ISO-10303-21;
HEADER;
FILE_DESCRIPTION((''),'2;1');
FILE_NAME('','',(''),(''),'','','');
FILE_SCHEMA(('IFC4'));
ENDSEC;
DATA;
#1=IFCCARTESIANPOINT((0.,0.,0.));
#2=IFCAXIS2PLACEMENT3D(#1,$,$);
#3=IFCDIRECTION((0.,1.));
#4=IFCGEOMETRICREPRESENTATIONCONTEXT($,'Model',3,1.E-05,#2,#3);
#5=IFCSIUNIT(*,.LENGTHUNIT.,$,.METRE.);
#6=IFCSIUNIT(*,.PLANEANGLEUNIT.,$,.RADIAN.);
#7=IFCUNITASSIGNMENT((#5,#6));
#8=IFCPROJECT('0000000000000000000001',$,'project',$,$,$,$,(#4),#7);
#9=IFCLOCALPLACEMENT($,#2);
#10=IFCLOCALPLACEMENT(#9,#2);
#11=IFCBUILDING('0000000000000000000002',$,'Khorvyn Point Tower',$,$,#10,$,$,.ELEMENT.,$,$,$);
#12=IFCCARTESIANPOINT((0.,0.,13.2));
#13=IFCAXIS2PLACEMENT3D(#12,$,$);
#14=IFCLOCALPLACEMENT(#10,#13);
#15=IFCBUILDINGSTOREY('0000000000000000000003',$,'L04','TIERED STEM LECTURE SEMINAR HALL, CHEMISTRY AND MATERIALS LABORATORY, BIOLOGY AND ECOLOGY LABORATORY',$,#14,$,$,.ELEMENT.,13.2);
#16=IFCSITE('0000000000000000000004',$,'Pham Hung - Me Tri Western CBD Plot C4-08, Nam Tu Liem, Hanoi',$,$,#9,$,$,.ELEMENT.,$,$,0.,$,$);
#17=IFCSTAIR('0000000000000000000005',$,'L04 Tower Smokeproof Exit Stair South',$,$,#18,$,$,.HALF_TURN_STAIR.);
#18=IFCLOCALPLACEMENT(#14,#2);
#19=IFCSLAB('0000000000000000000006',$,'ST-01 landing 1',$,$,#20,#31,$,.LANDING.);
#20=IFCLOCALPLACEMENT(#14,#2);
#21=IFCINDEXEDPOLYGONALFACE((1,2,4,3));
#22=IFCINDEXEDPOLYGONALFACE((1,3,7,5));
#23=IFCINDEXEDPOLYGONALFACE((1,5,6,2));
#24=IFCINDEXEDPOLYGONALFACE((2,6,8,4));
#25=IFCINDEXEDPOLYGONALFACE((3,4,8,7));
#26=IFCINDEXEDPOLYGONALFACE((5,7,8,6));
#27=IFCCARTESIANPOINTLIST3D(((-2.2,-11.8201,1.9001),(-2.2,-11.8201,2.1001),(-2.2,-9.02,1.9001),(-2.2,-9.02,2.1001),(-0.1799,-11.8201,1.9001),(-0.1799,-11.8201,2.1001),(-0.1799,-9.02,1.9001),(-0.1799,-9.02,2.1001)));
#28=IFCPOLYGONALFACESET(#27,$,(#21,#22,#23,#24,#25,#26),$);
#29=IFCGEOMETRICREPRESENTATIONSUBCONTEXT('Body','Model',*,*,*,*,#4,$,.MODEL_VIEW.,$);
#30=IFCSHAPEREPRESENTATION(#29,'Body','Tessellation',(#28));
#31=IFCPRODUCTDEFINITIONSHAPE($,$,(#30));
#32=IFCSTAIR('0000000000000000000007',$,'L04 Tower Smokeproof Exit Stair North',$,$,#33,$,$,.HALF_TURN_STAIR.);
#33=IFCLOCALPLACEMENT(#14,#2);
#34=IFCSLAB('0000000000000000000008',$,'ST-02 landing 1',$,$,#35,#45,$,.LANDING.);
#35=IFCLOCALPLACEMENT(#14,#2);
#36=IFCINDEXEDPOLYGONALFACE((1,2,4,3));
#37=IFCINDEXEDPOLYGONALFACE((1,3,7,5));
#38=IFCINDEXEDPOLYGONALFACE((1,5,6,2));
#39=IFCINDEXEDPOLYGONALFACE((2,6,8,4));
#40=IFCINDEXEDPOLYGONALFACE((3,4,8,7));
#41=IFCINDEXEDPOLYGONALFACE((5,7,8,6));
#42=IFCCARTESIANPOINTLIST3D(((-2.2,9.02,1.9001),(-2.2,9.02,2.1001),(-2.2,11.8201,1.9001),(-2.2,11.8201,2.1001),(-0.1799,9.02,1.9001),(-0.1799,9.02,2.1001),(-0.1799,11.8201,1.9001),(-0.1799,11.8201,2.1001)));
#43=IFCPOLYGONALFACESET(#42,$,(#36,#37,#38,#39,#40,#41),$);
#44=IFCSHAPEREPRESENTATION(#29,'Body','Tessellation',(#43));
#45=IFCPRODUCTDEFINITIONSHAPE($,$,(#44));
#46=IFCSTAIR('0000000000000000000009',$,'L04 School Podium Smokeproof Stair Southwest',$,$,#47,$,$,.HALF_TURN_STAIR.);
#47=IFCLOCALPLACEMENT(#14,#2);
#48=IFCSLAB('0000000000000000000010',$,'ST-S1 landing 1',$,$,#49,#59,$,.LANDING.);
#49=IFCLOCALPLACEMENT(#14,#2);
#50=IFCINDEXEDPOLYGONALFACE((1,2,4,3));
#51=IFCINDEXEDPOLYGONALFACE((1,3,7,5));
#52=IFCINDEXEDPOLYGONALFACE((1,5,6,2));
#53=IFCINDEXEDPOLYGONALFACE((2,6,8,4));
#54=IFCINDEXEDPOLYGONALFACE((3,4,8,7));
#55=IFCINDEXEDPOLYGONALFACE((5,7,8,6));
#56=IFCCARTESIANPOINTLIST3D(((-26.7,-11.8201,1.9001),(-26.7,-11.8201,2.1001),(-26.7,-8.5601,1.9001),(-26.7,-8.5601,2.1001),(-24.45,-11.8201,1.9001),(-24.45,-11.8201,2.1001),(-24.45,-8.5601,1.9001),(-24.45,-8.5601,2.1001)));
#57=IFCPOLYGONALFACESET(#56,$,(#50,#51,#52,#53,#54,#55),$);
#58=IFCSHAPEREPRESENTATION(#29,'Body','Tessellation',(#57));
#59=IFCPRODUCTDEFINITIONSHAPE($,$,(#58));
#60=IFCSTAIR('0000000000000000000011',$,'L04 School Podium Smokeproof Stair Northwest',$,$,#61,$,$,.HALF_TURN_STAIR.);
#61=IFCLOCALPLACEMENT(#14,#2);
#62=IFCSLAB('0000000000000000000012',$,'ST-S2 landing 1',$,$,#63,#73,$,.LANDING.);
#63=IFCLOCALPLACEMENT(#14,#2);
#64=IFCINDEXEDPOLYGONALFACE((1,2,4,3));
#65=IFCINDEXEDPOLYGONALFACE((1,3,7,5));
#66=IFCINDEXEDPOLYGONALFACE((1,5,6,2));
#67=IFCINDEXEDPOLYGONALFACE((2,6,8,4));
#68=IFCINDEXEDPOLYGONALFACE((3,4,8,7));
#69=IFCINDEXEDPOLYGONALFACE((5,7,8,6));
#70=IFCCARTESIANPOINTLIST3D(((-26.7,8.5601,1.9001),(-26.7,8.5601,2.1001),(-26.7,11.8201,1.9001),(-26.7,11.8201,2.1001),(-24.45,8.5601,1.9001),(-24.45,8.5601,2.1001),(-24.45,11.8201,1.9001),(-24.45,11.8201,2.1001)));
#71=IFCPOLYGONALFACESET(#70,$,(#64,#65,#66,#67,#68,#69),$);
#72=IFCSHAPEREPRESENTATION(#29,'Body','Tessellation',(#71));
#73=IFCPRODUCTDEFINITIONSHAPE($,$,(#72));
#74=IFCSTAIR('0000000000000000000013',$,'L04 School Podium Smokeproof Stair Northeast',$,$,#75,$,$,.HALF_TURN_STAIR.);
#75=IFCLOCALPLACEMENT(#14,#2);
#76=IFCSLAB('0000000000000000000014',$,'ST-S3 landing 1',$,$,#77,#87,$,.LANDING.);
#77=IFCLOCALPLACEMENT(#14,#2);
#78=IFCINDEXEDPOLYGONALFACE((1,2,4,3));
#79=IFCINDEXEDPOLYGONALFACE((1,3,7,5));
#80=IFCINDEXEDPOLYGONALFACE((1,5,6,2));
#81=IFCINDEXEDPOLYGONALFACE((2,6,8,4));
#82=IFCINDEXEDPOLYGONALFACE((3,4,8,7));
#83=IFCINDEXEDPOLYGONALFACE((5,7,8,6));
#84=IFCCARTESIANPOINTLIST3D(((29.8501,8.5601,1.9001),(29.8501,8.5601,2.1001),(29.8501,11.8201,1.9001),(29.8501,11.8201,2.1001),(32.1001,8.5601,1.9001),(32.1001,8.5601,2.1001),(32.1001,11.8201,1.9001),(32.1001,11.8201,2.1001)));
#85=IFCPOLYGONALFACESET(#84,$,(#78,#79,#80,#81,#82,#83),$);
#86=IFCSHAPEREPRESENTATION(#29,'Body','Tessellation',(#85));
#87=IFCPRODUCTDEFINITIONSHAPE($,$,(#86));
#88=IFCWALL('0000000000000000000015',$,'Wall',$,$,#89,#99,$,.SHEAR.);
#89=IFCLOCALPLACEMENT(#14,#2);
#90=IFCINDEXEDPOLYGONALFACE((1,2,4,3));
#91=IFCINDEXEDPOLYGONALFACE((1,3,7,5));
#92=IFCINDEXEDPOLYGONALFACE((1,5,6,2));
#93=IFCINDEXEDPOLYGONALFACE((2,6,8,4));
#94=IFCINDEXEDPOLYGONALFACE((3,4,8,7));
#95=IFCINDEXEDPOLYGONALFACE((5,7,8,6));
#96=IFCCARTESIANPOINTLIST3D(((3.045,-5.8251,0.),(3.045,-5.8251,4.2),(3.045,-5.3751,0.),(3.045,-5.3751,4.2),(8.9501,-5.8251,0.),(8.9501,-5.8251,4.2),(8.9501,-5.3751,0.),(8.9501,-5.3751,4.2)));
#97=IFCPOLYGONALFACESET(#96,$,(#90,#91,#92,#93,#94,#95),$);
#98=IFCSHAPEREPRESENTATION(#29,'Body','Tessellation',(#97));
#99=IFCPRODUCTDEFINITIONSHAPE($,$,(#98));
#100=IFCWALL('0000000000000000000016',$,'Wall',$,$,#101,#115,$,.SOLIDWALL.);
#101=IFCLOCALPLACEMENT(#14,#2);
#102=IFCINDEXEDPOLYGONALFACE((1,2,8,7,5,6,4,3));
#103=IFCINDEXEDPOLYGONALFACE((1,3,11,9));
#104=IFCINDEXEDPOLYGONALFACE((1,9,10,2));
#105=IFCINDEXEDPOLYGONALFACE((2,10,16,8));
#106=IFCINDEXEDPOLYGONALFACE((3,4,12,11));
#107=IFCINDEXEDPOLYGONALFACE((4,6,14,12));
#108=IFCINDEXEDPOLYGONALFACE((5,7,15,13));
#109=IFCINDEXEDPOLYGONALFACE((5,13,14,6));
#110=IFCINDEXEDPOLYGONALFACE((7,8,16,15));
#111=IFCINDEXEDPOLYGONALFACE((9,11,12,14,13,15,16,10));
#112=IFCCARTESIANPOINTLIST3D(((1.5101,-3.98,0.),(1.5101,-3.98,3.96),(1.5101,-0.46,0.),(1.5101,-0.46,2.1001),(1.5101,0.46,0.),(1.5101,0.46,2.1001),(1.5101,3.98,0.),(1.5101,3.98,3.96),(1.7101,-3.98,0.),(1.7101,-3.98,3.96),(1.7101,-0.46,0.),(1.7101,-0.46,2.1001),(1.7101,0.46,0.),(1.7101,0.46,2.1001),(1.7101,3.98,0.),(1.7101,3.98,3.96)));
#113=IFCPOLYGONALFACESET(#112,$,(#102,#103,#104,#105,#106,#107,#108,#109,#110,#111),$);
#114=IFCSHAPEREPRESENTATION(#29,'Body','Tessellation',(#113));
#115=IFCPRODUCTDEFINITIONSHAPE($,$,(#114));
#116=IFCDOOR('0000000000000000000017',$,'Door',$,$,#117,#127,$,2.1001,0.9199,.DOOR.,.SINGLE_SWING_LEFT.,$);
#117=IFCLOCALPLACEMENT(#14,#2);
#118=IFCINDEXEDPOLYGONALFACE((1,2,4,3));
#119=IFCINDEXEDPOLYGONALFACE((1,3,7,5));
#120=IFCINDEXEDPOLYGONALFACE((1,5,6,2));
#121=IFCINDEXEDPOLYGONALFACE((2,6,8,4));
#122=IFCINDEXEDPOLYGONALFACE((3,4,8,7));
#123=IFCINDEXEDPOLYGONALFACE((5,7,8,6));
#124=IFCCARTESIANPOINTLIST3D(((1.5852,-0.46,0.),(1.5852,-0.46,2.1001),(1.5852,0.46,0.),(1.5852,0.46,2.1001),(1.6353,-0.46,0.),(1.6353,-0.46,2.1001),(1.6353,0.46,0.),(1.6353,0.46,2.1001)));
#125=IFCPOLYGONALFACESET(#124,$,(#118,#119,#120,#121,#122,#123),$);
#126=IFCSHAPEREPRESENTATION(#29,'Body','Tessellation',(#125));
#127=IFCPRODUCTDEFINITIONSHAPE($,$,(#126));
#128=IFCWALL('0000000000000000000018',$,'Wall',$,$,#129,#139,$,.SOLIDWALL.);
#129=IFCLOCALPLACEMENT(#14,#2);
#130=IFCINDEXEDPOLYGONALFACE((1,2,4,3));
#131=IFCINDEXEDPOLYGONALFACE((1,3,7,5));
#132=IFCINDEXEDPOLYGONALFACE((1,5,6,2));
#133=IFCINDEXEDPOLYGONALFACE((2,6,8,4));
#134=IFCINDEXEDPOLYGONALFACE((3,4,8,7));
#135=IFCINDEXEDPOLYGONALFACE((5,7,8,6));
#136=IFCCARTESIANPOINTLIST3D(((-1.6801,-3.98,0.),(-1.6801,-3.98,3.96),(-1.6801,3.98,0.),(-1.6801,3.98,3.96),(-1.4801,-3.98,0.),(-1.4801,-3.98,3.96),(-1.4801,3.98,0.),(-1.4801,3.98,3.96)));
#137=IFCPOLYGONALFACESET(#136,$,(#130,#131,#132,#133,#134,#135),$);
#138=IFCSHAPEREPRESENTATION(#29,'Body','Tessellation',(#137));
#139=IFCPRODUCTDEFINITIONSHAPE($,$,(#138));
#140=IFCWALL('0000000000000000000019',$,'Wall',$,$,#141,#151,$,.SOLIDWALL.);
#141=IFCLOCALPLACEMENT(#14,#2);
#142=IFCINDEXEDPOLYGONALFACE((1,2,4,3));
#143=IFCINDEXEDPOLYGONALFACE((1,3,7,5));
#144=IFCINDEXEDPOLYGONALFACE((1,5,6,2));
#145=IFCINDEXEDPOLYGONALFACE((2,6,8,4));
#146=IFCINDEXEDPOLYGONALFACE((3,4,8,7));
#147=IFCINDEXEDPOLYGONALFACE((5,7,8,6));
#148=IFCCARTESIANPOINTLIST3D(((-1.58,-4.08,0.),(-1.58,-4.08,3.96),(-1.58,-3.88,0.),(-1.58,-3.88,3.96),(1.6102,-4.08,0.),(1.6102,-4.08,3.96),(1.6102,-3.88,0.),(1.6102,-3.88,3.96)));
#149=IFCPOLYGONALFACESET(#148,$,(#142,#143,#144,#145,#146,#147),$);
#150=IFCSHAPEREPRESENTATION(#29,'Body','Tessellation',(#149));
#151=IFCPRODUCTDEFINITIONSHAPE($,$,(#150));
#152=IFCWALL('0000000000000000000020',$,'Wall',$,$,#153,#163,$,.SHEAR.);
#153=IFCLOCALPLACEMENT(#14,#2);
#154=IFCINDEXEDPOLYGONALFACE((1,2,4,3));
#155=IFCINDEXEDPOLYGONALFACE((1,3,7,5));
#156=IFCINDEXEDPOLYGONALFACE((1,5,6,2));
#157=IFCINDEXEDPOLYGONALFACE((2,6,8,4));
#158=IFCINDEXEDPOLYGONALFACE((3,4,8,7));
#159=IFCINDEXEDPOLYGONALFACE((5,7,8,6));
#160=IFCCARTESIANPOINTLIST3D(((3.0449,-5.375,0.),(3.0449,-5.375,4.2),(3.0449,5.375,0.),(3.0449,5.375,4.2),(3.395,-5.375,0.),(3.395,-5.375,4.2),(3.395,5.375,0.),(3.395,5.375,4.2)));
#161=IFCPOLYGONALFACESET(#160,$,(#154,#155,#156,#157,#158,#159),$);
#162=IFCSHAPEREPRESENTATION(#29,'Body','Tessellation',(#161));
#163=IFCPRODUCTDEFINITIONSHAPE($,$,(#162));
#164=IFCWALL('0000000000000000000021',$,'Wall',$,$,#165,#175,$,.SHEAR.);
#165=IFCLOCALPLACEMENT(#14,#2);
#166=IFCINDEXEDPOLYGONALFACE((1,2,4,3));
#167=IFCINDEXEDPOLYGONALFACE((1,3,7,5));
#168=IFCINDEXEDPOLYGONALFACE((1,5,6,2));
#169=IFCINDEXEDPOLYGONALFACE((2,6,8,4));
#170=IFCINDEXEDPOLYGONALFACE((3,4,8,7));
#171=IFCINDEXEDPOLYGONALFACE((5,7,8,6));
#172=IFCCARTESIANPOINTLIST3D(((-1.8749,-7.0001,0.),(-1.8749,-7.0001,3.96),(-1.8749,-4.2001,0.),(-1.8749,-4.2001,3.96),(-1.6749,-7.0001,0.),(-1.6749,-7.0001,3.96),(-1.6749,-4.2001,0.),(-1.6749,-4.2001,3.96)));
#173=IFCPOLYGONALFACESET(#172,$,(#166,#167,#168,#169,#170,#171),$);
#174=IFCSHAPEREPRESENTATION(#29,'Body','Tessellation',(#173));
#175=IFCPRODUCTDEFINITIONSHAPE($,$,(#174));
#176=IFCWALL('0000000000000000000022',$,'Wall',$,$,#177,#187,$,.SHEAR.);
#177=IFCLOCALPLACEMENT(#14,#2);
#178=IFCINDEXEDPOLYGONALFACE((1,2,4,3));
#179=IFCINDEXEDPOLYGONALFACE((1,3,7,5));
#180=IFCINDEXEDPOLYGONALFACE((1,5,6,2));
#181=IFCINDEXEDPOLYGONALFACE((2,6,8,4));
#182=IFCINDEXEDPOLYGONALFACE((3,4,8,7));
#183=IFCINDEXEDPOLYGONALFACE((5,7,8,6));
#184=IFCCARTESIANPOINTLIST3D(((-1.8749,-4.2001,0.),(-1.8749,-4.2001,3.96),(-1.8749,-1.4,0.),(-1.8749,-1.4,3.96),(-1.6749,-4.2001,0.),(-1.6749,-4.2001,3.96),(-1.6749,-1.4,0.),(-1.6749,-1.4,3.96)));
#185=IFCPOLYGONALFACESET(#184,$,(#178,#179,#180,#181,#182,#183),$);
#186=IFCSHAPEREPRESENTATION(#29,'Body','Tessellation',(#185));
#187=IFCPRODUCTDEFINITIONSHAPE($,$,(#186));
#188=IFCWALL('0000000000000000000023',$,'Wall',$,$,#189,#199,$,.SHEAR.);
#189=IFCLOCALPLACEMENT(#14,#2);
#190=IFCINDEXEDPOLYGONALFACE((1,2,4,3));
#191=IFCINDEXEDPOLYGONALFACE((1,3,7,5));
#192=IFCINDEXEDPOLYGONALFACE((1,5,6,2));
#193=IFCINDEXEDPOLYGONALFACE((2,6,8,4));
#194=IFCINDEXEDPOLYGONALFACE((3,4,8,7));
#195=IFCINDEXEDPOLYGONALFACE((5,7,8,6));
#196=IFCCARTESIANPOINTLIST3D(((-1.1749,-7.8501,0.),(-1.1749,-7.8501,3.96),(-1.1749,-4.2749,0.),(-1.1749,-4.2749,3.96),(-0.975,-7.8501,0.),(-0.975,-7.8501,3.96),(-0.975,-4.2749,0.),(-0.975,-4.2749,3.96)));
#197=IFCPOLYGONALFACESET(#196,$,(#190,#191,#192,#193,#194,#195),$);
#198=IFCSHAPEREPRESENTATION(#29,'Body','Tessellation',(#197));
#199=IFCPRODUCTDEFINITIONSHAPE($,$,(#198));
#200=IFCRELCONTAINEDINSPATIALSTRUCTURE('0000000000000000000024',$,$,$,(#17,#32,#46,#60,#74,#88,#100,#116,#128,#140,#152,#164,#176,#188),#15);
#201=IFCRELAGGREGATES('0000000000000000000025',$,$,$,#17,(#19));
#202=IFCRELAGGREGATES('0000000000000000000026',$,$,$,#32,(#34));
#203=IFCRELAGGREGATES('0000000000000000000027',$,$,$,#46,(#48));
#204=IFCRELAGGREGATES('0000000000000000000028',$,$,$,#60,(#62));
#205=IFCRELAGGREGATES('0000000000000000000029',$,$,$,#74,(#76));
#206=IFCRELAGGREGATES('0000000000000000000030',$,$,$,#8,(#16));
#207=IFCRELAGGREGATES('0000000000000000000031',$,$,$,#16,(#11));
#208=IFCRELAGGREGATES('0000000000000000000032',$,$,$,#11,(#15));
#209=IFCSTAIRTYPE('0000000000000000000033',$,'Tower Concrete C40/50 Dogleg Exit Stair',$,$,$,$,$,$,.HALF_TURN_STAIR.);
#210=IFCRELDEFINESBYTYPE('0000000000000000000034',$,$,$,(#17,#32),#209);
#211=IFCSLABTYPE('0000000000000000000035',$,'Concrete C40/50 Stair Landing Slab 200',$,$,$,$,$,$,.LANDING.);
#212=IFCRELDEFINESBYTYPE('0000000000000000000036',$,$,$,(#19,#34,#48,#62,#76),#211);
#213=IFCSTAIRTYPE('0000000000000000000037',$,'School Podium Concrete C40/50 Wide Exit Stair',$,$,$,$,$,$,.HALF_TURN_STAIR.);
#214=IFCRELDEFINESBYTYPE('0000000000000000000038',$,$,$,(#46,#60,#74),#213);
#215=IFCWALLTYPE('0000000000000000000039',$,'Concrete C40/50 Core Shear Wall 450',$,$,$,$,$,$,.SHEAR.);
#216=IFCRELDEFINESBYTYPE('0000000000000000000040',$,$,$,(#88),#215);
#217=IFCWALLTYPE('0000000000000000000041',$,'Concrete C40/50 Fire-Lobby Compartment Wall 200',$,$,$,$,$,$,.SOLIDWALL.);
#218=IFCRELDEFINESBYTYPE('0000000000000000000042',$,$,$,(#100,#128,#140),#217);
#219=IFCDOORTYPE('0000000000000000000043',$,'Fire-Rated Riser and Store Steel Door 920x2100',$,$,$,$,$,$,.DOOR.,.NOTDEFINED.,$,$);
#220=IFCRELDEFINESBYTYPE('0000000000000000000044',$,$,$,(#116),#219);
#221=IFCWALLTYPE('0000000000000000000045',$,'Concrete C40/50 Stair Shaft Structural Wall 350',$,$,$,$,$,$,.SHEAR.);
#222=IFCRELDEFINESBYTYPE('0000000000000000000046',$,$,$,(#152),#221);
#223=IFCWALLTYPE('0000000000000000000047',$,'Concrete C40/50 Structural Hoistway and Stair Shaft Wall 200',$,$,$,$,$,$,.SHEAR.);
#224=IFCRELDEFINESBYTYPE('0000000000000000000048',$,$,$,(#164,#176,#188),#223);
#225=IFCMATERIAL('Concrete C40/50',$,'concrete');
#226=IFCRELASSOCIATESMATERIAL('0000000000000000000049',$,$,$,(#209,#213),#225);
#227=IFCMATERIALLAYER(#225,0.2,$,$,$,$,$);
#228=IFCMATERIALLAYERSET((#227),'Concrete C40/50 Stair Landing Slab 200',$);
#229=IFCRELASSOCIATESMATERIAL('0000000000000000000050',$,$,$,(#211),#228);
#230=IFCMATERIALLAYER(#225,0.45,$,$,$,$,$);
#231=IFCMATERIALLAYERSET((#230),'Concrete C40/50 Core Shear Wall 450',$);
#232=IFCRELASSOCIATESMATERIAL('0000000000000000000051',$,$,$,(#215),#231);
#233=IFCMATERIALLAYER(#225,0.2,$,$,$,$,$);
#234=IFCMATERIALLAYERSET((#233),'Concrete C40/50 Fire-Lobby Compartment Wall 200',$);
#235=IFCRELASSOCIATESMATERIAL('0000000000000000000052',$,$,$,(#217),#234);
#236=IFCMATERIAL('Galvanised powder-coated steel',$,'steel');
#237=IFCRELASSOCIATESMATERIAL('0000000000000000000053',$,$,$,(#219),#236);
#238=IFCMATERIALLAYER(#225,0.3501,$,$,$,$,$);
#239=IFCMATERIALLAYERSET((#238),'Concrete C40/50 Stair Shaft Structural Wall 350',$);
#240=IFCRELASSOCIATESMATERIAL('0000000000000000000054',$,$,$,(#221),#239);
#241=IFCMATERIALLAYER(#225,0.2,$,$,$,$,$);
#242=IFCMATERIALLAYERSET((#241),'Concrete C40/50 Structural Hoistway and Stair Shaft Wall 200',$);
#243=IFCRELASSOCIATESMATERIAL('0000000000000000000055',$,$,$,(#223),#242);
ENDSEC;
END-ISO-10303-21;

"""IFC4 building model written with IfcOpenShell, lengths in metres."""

from ifc_helpers import new_model, si_unit, direction, frame, frame_2d, origin, place, context, subcontext, project, spatial, polyline, rectangle, outline, extrude, material, layer, layer_set, type_object, element, fill, aggregate, save


model = new_model("IFC4")

# Units and contexts
model_context = context("Model", 3, precision=1e-05, world=origin(), true_north=direction((0.0, 1.0)))
body_context = subcontext(model_context, "Body", "Model", "MODEL_VIEW")
ifc_project = project(units=[si_unit("LENGTHUNIT", "METRE"), si_unit("PLANEANGLEUNIT", "RADIAN")], contexts=[model_context])

# Site, building, storey
site_placement = place(None, origin())
site = spatial("IfcSite", under=ifc_project, at=site_placement, Name="Pham Hung - Me Tri Western CBD Plot C4-08, Nam Tu Liem, Hanoi", CompositionType="ELEMENT", RefElevation=0.0)
building_placement = place(site_placement, origin())
building = spatial("IfcBuilding", under=site, at=building_placement, Name="Khorvyn Point Tower", CompositionType="ELEMENT")
storey_placement = place(building_placement, frame((0.0, 0.0, 13.2)))
storey = spatial("IfcBuildingStorey", under=building, at=storey_placement, Name="L04", Description="TIERED STEM LECTURE SEMINAR HALL, CHEMISTRY AND MATERIALS LABORATORY, BIOLOGY AND ECOLOGY LABORATORY", CompositionType="ELEMENT", Elevation=13.2)

# Shared definitions
ifc_material_1 = material(Name="Concrete C40/50", Category="concrete")

# Stairs, slabs
stair_type_1 = type_object("IfcStairType", Name="Tower Concrete C40/50 Dogleg Exit Stair", PredefinedType="HALF_TURN_STAIR", material=ifc_material_1)
stair_1_placement = place(storey_placement, origin())
stair_1 = element("IfcStair", 1, at=stair_1_placement, inside=storey, type_object=stair_type_1, Name="L04 Tower Smokeproof Exit Stair South", PredefinedType="HALF_TURN_STAIR")
ifc_layer_1 = layer(ifc_material_1, 0.2)
ifc_layer_set_1 = layer_set([ifc_layer_1], Name="Concrete C40/50 Stair Landing Slab 200")
slab_type_1 = type_object("IfcSlabType", Name="Concrete C40/50 Stair Landing Slab 200", PredefinedType="LANDING", material=ifc_layer_set_1)
slab_1_placement = place(storey_placement, frame((0.0, 0.0, 1.9001)))
slab_1 = element("IfcSlab", 2, at=slab_1_placement, type_object=slab_type_1, Name="ST-01 landing 1", PredefinedType="LANDING", context=body_context, shape_type="SweptSolid", body=[
    extrude(outline(polyline([(-0.1799, -9.02), (-2.2, -9.02), (-2.2, -11.8201), (-0.1799, -11.8201), (-0.1799, -9.02)])), origin(), (0.0, 0.0, 1.0), 0.2),
])
aggregate(stair_1, [slab_1])
stair_2_placement = place(storey_placement, origin())
stair_2 = element("IfcStair", 3, at=stair_2_placement, inside=storey, type_object=stair_type_1, Name="L04 Tower Smokeproof Exit Stair North", PredefinedType="HALF_TURN_STAIR")
slab_2_placement = place(storey_placement, frame((0.0, 0.0, 1.9001)))
slab_2 = element("IfcSlab", 4, at=slab_2_placement, type_object=slab_type_1, Name="ST-02 landing 1", PredefinedType="LANDING", context=body_context, shape_type="SweptSolid", body=[
    extrude(outline(polyline([(-0.1799, 11.8201), (-2.2, 11.8201), (-2.2, 9.02), (-0.1799, 9.02), (-0.1799, 11.8201)])), origin(), (0.0, 0.0, 1.0), 0.2),
])
aggregate(stair_2, [slab_2])
stair_type_2 = type_object("IfcStairType", Name="School Podium Concrete C40/50 Wide Exit Stair", PredefinedType="HALF_TURN_STAIR", material=ifc_material_1)
stair_3_placement = place(storey_placement, origin())
stair_3 = element("IfcStair", 5, at=stair_3_placement, inside=storey, type_object=stair_type_2, Name="L04 School Podium Smokeproof Stair Southwest", PredefinedType="HALF_TURN_STAIR")
slab_3_placement = place(storey_placement, frame((0.0, 0.0, 1.9001)))
slab_3 = element("IfcSlab", 6, at=slab_3_placement, type_object=slab_type_1, Name="ST-S1 landing 1", PredefinedType="LANDING", context=body_context, shape_type="SweptSolid", body=[
    extrude(outline(polyline([(-26.7, -11.8201), (-24.45, -11.8201), (-24.45, -8.5601), (-26.7, -8.5601), (-26.7, -11.8201)])), origin(), (0.0, 0.0, 1.0), 0.2),
])
aggregate(stair_3, [slab_3])
stair_4_placement = place(storey_placement, origin())
stair_4 = element("IfcStair", 7, at=stair_4_placement, inside=storey, type_object=stair_type_2, Name="L04 School Podium Smokeproof Stair Northwest", PredefinedType="HALF_TURN_STAIR")
slab_4_placement = place(storey_placement, frame((0.0, 0.0, 1.9001)))
slab_4 = element("IfcSlab", 8, at=slab_4_placement, type_object=slab_type_1, Name="ST-S2 landing 1", PredefinedType="LANDING", context=body_context, shape_type="SweptSolid", body=[
    extrude(outline(polyline([(-26.7, 8.5601), (-24.45, 8.5601), (-24.45, 11.8201), (-26.7, 11.8201), (-26.7, 8.5601)])), origin(), (0.0, 0.0, 1.0), 0.2),
])
aggregate(stair_4, [slab_4])
stair_5_placement = place(storey_placement, origin())
stair_5 = element("IfcStair", 9, at=stair_5_placement, inside=storey, type_object=stair_type_2, Name="L04 School Podium Smokeproof Stair Northeast", PredefinedType="HALF_TURN_STAIR")
slab_5_placement = place(storey_placement, frame((0.0, 0.0, 1.9001)))
slab_5 = element("IfcSlab", 10, at=slab_5_placement, type_object=slab_type_1, Name="ST-S3 landing 1", PredefinedType="LANDING", context=body_context, shape_type="SweptSolid", body=[
    extrude(outline(polyline([(29.8501, 8.5601), (32.1001, 8.5601), (32.1001, 11.8201), (29.8501, 11.8201), (29.8501, 8.5601)])), origin(), (0.0, 0.0, 1.0), 0.2),
])
aggregate(stair_5, [slab_5])

# Wall
ifc_layer_2 = layer(ifc_material_1, 0.45)
ifc_layer_set_2 = layer_set([ifc_layer_2], Name="Concrete C40/50 Core Shear Wall 450")
wall_type_1 = type_object("IfcWallType", Name="Concrete C40/50 Core Shear Wall 450", PredefinedType="SHEAR", material=ifc_layer_set_2)
wall_1_placement = place(storey_placement, frame((3.0449, -5.6001, 0.0), z_axis=(0.0, 0.0, 1.0), x_axis=(1.0, 0.0, 0.0)))
element("IfcWall", 11, at=wall_1_placement, inside=storey, type_object=wall_type_1, Name="Wall", PredefinedType="SHEAR", context=body_context, shape_type="SweptSolid", body=[
    extrude(rectangle(XDim=5.905, YDim=0.45, at=frame_2d((2.9526, 0.0))), origin(), (0.0, 0.0, 1.0), 4.2),
])

# Wall, opening, door
ifc_layer_3 = layer(ifc_material_1, 0.2)
ifc_layer_set_3 = layer_set([ifc_layer_3], Name="Concrete C40/50 Fire-Lobby Compartment Wall 200")
wall_type_2 = type_object("IfcWallType", Name="Concrete C40/50 Fire-Lobby Compartment Wall 200", PredefinedType="SOLIDWALL", material=ifc_layer_set_3)
ifc_material_2 = material(Name="Galvanised powder-coated steel", Category="steel")
wall_2_placement = place(storey_placement, frame((1.6101, -3.98, 0.0), z_axis=(0.0, 0.0, 1.0), x_axis=(0.0, 1.0, 0.0)))
wall_2 = element("IfcWall", 12, at=wall_2_placement, inside=storey, type_object=wall_type_2, Name="Wall", PredefinedType="SOLIDWALL", context=body_context, shape_type="SweptSolid", body=[
    extrude(rectangle(XDim=7.96, YDim=0.2, at=frame_2d((3.98, 0.0))), origin(), (0.0, 0.0, 1.0), 3.96),
])
opening_1_placement = place(wall_2_placement, frame((3.52, 0.0, 0.0)))
opening_1 = element("IfcOpeningElement", 13, at=opening_1_placement, cuts=wall_2, PredefinedType="OPENING", context=body_context, shape_type="SweptSolid", body=[
    extrude(rectangle(XDim=0.9199, YDim=2.1001, at=frame_2d((0.46, 1.05))), frame((0.0, 0.1099, 0.0), z_axis=(0.0, -1.0, 0.0), x_axis=(1.0, 0.0, 0.0)), (0.0, 0.0, 1.0), 0.22),
])
door_type_1 = type_object("IfcDoorType", Name="Fire-Rated Riser and Store Steel Door 920x2100", OperationType="NOTDEFINED", PredefinedType="DOOR", material=ifc_material_2)
door_1_placement = place(opening_1_placement, origin())
door_1 = element("IfcDoor", 14, at=door_1_placement, inside=storey, type_object=door_type_1, Name="Door", OperationType="SINGLE_SWING_LEFT", OverallHeight=2.1001, OverallWidth=0.9199, PredefinedType="DOOR", context=body_context, shape_type="SweptSolid", body=[
    extrude(rectangle(XDim=0.9199, YDim=2.1001, at=frame_2d((0.46, 1.05))), frame((0.0, 0.0249, 0.0), z_axis=(0.0, -1.0, 0.0), x_axis=(1.0, 0.0, 0.0)), (0.0, 0.0, 1.0), 0.05),
])
fill(opening_1, door_1)

# Walls
wall_3_placement = place(storey_placement, frame((-1.5801, -3.98, 0.0), z_axis=(0.0, 0.0, 1.0), x_axis=(0.0, 1.0, 0.0)))
element("IfcWall", 15, at=wall_3_placement, inside=storey, type_object=wall_type_2, Name="Wall", PredefinedType="SOLIDWALL", context=body_context, shape_type="SweptSolid", body=[
    extrude(rectangle(XDim=7.96, YDim=0.2, at=frame_2d((3.98, 0.0))), origin(), (0.0, 0.0, 1.0), 3.96),
])
wall_4_placement = place(storey_placement, frame((-1.5801, -3.98, 0.0), z_axis=(0.0, 0.0, 1.0), x_axis=(1.0, 0.0, 0.0)))
element("IfcWall", 16, at=wall_4_placement, inside=storey, type_object=wall_type_2, Name="Wall", PredefinedType="SOLIDWALL", context=body_context, shape_type="SweptSolid", body=[
    extrude(rectangle(XDim=3.1902, YDim=0.2, at=frame_2d((1.5952, 0.0))), origin(), (0.0, 0.0, 1.0), 3.96),
])
ifc_layer_4 = layer(ifc_material_1, 0.3501)
ifc_layer_set_4 = layer_set([ifc_layer_4], Name="Concrete C40/50 Stair Shaft Structural Wall 350")
wall_type_3 = type_object("IfcWallType", Name="Concrete C40/50 Stair Shaft Structural Wall 350", PredefinedType="SHEAR", material=ifc_layer_set_4)
wall_5_placement = place(storey_placement, frame((3.22, -5.375, 0.0), z_axis=(0.0, 0.0, 1.0), x_axis=(0.0, 1.0, 0.0)))
element("IfcWall", 17, at=wall_5_placement, inside=storey, type_object=wall_type_3, Name="Wall", PredefinedType="SHEAR", context=body_context, shape_type="SweptSolid", body=[
    extrude(rectangle(XDim=10.75, YDim=0.3501, at=frame_2d((5.375, 0.0))), origin(), (0.0, 0.0, 1.0), 4.2),
])

# Walls
ifc_layer_5 = layer(ifc_material_1, 0.2)
ifc_layer_set_5 = layer_set([ifc_layer_5], Name="Concrete C40/50 Structural Hoistway and Stair Shaft Wall 200")
wall_type_4 = type_object("IfcWallType", Name="Concrete C40/50 Structural Hoistway and Stair Shaft Wall 200", PredefinedType="SHEAR", material=ifc_layer_set_5)
for number, where, z_axis, x_axis, name in (
    (18, (-1.7749, -7.0, 0.0), (0.0, 0.0, 1.0), (0.0, 1.0, 0.0), "Wall"),
    (19, (-1.7749, -4.2, 0.0), (0.0, 0.0, 1.0), (0.0, 1.0, 0.0), "Wall"),
):
    element("IfcWall", number, at=place(storey_placement, frame(where, z_axis=z_axis, x_axis=x_axis)), inside=storey, type_object=wall_type_4, Name=name, PredefinedType="SHEAR", context=body_context, shape_type="SweptSolid", body=[
        extrude(rectangle(XDim=2.8, YDim=0.2, at=frame_2d((1.3999, 0.0))), origin(), (0.0, 0.0, 1.0), 3.96),
    ])
wall_6_placement = place(storey_placement, frame((-1.075, -7.8501, 0.0), z_axis=(0.0, 0.0, 1.0), x_axis=(0.0, 1.0, 0.0)))
element("IfcWall", 20, at=wall_6_placement, inside=storey, type_object=wall_type_4, Name="Wall", PredefinedType="SHEAR", context=body_context, shape_type="SweptSolid", body=[
    extrude(rectangle(XDim=3.5752, YDim=0.2, at=frame_2d((1.7876, 0.0))), origin(), (0.0, 0.0, 1.0), 3.96),
])

save(model, "model.ifc")
